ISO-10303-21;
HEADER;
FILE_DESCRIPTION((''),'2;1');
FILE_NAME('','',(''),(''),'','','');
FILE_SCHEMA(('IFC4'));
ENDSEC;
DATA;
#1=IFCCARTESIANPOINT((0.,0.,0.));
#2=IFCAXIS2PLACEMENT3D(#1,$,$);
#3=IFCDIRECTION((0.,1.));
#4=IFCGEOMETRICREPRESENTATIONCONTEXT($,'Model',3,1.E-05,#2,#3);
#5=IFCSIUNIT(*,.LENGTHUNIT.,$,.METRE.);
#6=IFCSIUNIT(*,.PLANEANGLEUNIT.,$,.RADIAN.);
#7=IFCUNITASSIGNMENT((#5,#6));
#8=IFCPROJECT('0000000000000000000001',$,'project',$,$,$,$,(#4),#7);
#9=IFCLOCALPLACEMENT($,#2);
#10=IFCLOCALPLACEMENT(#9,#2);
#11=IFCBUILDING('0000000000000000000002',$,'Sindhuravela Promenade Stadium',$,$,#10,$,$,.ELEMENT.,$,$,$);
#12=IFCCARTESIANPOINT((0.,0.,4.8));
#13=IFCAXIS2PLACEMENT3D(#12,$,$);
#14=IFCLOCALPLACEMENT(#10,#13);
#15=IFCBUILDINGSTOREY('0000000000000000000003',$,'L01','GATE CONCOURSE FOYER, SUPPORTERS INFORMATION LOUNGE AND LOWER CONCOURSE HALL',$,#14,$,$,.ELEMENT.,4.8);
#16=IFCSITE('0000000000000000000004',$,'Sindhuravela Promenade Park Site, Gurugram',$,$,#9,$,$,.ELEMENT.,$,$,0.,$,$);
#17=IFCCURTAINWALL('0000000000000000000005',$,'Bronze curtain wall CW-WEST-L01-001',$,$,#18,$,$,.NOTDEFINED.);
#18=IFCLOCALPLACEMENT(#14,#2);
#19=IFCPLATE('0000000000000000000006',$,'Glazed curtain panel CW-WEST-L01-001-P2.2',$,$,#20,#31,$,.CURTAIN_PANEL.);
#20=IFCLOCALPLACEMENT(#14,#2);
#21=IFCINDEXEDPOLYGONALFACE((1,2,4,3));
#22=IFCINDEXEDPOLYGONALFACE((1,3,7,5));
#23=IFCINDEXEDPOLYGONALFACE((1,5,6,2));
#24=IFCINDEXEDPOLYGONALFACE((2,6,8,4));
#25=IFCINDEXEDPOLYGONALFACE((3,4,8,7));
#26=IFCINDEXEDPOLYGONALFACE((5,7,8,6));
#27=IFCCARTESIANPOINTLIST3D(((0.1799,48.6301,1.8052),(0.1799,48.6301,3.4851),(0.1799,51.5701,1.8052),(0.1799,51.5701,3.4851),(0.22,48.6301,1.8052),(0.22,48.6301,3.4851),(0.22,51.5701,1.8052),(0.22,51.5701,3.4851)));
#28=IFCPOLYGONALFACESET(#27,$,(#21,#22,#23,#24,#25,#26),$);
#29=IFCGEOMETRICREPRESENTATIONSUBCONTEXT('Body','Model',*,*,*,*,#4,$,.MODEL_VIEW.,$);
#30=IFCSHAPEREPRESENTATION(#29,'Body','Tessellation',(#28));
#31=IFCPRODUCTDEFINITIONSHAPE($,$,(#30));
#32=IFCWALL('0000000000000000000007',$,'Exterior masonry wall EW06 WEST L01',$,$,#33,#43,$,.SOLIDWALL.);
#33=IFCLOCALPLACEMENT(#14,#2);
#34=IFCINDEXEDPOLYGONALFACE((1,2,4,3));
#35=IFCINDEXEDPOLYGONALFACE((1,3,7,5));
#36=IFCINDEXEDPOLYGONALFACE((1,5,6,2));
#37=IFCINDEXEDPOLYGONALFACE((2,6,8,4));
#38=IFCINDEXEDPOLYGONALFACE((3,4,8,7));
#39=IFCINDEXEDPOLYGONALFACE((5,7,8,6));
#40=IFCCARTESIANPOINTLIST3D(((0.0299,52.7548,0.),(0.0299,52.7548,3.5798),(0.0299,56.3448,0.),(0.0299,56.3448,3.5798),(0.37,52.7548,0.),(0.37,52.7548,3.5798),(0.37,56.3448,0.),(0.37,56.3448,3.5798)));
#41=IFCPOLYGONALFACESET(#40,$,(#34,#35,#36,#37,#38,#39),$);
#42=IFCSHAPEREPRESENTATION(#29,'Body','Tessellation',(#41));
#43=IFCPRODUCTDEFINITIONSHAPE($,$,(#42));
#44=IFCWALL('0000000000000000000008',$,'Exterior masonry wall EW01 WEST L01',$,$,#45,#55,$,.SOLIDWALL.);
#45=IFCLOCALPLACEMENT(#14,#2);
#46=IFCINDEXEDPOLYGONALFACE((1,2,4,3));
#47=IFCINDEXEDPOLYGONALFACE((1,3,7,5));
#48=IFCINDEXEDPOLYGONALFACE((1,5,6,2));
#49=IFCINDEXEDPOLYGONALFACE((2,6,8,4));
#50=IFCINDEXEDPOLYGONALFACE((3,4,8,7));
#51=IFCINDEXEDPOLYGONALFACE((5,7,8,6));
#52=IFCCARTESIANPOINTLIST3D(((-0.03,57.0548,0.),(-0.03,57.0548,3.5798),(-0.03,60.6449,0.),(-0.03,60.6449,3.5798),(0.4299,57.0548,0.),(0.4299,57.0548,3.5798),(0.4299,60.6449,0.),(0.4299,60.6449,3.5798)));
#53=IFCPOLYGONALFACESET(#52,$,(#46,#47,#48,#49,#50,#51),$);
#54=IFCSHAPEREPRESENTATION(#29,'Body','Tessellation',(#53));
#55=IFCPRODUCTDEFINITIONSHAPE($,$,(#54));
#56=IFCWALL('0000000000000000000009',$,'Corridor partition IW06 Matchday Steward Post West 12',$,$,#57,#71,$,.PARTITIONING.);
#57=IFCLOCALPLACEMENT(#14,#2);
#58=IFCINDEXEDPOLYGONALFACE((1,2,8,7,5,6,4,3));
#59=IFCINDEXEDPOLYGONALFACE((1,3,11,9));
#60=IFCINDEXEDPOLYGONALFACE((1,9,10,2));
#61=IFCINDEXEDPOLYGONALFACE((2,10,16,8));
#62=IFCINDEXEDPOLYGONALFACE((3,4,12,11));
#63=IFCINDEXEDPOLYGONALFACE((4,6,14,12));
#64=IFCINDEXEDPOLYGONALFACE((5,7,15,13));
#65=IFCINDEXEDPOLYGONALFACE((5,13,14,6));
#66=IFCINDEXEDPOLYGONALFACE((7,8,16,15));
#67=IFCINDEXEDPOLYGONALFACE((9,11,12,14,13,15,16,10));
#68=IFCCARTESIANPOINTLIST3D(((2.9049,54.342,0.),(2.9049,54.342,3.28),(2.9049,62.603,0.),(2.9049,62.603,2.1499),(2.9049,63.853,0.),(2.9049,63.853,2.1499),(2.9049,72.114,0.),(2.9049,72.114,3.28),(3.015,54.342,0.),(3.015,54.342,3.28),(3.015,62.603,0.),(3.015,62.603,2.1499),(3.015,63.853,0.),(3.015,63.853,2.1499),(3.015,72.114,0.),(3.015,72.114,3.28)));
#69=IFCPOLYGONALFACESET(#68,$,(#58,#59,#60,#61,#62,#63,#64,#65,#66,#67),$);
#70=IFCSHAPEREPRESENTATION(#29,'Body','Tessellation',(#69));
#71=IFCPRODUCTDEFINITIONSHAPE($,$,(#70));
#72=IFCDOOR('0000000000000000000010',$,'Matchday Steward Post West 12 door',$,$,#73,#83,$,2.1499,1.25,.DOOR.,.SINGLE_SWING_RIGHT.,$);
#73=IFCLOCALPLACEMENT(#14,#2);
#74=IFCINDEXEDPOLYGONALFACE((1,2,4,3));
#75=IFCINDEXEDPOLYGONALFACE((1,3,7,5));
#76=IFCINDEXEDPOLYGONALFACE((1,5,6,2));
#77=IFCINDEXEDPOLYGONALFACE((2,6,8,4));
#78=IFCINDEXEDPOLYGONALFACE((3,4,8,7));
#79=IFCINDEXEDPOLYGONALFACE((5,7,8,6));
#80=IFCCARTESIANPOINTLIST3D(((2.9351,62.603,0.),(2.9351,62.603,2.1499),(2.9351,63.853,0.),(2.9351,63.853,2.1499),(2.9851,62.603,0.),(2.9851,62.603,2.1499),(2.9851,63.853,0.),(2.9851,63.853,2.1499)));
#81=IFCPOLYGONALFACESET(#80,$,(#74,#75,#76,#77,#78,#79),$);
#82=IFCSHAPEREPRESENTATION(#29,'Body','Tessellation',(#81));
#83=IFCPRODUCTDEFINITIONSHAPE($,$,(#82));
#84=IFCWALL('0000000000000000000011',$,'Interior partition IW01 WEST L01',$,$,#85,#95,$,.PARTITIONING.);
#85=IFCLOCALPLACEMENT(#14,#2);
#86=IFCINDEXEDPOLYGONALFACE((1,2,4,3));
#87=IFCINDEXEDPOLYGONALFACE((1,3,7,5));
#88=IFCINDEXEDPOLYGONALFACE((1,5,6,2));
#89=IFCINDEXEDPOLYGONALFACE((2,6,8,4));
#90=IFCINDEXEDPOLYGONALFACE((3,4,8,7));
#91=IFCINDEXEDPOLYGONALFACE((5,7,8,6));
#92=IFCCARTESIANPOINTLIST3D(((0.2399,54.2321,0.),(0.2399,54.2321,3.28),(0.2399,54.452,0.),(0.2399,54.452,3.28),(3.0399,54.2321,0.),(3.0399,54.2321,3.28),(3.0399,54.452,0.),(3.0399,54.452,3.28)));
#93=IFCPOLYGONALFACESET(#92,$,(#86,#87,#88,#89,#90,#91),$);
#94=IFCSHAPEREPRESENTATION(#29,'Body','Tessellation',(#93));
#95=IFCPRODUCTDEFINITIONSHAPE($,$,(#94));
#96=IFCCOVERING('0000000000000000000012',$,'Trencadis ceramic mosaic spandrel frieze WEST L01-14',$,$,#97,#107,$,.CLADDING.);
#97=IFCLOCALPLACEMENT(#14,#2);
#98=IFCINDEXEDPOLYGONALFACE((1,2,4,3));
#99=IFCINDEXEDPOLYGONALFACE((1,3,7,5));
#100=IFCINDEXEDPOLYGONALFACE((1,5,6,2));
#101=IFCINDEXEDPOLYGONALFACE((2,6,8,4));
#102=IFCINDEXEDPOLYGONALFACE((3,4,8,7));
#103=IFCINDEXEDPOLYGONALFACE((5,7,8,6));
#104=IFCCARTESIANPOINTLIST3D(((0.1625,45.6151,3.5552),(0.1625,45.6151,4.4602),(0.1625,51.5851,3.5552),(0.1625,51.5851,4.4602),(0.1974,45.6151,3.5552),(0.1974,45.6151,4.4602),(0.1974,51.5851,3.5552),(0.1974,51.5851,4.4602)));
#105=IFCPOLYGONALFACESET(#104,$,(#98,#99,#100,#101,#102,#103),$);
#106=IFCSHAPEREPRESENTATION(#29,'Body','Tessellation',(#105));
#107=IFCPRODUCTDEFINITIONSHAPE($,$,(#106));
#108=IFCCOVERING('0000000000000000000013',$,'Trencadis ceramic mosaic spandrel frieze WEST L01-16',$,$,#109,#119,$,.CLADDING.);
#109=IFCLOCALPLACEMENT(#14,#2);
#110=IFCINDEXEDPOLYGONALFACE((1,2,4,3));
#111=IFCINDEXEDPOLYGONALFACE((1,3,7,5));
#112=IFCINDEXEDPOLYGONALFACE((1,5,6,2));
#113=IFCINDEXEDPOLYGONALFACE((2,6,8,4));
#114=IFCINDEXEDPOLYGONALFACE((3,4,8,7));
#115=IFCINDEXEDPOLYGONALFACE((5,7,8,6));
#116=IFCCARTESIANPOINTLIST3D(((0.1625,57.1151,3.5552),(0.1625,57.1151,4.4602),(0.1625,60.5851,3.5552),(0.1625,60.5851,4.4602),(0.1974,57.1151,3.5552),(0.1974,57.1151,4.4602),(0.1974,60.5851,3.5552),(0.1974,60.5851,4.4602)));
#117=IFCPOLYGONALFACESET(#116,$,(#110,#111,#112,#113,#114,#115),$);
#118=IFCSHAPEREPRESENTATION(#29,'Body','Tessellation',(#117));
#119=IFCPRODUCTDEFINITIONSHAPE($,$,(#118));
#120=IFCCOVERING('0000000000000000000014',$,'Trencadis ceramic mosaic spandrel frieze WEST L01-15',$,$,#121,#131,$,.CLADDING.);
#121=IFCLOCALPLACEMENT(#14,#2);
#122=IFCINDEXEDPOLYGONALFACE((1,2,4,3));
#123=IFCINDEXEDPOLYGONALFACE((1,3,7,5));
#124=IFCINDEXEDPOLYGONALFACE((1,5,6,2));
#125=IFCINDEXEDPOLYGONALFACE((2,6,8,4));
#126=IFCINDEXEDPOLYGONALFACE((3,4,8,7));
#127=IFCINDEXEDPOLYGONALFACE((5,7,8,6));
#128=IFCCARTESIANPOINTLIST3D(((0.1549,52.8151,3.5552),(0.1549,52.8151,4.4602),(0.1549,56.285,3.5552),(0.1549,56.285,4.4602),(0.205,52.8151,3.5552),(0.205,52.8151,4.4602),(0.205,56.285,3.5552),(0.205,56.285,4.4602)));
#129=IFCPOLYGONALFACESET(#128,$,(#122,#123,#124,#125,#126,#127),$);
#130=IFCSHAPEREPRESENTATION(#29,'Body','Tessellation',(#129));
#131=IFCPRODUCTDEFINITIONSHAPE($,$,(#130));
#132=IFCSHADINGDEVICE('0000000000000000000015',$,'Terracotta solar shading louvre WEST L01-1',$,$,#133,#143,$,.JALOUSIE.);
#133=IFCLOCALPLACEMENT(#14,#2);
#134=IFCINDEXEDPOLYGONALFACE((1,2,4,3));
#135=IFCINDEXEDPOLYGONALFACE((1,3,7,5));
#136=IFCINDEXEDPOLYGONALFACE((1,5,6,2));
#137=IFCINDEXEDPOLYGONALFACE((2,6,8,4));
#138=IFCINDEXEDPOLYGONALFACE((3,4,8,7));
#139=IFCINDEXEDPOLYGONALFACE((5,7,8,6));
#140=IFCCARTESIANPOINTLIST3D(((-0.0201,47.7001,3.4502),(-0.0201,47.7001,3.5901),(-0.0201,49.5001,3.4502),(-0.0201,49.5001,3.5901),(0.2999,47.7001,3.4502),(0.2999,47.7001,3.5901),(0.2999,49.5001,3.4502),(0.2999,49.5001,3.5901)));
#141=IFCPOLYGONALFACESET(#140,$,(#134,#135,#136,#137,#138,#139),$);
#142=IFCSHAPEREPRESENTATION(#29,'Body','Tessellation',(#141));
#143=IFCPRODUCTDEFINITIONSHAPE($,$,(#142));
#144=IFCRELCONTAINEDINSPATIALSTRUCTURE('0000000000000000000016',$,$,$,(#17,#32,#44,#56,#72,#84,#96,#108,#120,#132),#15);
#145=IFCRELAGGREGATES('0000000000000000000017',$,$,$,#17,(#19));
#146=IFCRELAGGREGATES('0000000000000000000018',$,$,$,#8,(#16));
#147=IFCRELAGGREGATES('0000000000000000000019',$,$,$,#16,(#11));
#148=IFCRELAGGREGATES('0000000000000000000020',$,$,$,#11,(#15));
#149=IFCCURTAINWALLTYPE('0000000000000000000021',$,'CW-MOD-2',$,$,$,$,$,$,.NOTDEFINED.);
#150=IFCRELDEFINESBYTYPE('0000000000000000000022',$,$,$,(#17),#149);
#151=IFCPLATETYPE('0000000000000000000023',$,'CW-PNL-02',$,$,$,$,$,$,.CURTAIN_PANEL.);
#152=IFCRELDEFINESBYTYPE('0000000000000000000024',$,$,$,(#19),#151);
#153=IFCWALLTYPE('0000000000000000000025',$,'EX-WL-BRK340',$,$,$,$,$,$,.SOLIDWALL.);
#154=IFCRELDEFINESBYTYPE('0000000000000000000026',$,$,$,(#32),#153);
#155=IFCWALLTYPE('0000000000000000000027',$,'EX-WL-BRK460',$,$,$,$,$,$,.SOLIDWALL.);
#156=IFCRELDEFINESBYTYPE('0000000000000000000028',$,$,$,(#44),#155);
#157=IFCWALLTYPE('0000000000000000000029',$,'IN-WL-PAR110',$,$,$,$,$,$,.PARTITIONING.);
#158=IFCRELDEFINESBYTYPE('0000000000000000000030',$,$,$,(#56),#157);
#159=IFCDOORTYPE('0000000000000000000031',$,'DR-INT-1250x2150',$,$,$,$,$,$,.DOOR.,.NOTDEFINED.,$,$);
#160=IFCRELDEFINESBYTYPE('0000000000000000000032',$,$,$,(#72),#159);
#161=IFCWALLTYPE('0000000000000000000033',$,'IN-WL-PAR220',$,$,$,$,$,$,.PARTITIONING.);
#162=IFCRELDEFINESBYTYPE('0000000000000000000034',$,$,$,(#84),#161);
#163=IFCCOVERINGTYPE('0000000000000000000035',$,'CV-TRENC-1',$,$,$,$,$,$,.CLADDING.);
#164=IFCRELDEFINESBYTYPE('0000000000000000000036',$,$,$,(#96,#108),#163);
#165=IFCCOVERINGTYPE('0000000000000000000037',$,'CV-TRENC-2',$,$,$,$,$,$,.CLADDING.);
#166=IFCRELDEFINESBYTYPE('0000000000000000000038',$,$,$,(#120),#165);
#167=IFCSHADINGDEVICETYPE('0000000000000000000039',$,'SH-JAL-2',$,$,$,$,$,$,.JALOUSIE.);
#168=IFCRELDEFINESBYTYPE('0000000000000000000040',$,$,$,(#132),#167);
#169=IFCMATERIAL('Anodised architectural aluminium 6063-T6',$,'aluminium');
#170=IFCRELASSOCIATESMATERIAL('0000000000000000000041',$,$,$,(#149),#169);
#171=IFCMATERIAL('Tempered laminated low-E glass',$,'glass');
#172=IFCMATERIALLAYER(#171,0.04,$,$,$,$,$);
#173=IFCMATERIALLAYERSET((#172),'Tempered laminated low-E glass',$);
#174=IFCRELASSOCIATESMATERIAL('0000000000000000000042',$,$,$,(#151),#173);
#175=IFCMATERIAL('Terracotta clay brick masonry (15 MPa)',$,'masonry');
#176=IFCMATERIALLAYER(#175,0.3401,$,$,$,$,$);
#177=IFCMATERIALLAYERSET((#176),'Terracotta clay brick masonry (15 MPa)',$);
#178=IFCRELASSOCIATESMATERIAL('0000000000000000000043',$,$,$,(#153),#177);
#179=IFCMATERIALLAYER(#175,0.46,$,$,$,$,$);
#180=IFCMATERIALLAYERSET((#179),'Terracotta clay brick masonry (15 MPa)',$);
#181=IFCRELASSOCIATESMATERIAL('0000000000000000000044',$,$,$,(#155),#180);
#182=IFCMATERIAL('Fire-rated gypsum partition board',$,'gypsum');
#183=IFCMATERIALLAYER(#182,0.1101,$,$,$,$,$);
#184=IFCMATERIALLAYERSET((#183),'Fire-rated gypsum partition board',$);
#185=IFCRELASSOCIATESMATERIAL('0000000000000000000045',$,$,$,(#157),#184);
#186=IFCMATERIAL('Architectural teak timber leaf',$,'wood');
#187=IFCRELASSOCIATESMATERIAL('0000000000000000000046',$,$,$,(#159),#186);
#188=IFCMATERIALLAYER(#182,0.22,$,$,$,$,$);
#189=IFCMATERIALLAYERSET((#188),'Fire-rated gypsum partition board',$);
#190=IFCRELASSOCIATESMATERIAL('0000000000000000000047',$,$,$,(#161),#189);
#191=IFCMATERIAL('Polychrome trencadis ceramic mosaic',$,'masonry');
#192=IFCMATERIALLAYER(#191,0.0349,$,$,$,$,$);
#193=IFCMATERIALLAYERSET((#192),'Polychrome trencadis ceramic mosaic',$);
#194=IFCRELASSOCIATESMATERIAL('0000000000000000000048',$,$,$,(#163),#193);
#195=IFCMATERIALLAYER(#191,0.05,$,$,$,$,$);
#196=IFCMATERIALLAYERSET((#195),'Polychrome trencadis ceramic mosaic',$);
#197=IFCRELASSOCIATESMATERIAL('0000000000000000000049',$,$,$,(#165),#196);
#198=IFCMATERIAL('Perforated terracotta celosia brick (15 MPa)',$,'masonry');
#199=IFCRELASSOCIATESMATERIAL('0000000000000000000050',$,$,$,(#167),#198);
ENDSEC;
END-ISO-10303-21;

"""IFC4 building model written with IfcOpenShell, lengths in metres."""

from ifc_helpers import new_model, si_unit, direction, frame, frame_2d, origin, origin_2d, place, context, subcontext, project, spatial, rectangle, extrude, material, layer, layer_set, type_object, element, fill, aggregate, save


model = new_model("IFC4")

# Units and contexts
model_context = context("Model", 3, precision=1e-05, world=origin(), true_north=direction((0.0, 1.0)))
body_context = subcontext(model_context, "Body", "Model", "MODEL_VIEW")
ifc_project = project(units=[si_unit("LENGTHUNIT", "METRE"), si_unit("PLANEANGLEUNIT", "RADIAN")], contexts=[model_context])

# Site, building, storey
site_placement = place(None, origin())
site = spatial("IfcSite", under=ifc_project, at=site_placement, Name="Sindhuravela Promenade Park Site, Gurugram", CompositionType="ELEMENT", RefElevation=0.0)
building_placement = place(site_placement, origin())
building = spatial("IfcBuilding", under=site, at=building_placement, Name="Sindhuravela Promenade Stadium", CompositionType="ELEMENT")
storey_placement = place(building_placement, frame((0.0, 0.0, 4.8)))
storey = spatial("IfcBuildingStorey", under=building, at=storey_placement, Name="L01", Description="GATE CONCOURSE FOYER, SUPPORTERS INFORMATION LOUNGE AND LOWER CONCOURSE HALL", CompositionType="ELEMENT", Elevation=4.8)

# Curtain wall
ifc_material_1 = material(Name="Anodised architectural aluminium 6063-T6", Category="aluminium")
curtain_wall_type = type_object("IfcCurtainWallType", Name="CW-MOD-2", PredefinedType="NOTDEFINED", material=ifc_material_1)
curtain_wall_placement = place(storey_placement, origin())
curtain_wall = element("IfcCurtainWall", 1, at=curtain_wall_placement, inside=storey, type_object=curtain_wall_type, Name="Bronze curtain wall CW-WEST-L01-001", PredefinedType="NOTDEFINED")

# Plate
ifc_material_2 = material(Name="Tempered laminated low-E glass", Category="glass")
ifc_layer_1 = layer(ifc_material_2, 0.04)
ifc_layer_set_1 = layer_set([ifc_layer_1], Name="Tempered laminated low-E glass")
plate_type = type_object("IfcPlateType", Name="CW-PNL-02", PredefinedType="CURTAIN_PANEL", material=ifc_layer_set_1)
plate_1_placement = place(storey_placement, frame((0.2, 50.1001, 1.8052), z_axis=(0.0, 0.0, 1.0), x_axis=(0.0, 1.0, 0.0)))
plate_1 = element("IfcPlate", 2, at=plate_1_placement, type_object=plate_type, Name="Glazed curtain panel CW-WEST-L01-001-P2.2", PredefinedType="CURTAIN_PANEL", context=body_context, shape_type="SweptSolid", body=[
    extrude(rectangle(XDim=2.9399, YDim=0.04, at=origin_2d()), origin(), (0.0, 0.0, 1.0), 1.6799),
])
aggregate(curtain_wall, [plate_1])

# Walls
ifc_material_3 = material(Name="Terracotta clay brick masonry (15 MPa)", Category="masonry")
ifc_layer_2 = layer(ifc_material_3, 0.3401)
ifc_layer_set_2 = layer_set([ifc_layer_2], Name="Terracotta clay brick masonry (15 MPa)")
wall_type_1 = type_object("IfcWallType", Name="EX-WL-BRK340", PredefinedType="SOLIDWALL", material=ifc_layer_set_2)
wall_1_placement = place(storey_placement, frame((0.2, 52.7549, 0.0), z_axis=(0.0, 0.0, 1.0), x_axis=(0.0, 1.0, 0.0)))
element("IfcWall", 3, at=wall_1_placement, inside=storey, type_object=wall_type_1, Name="Exterior masonry wall EW06 WEST L01", PredefinedType="SOLIDWALL", context=body_context, shape_type="SweptSolid", body=[
    extrude(rectangle(XDim=3.5901, YDim=0.3401, at=frame_2d((1.7949, 0.0))), origin(), (0.0, 0.0, 1.0), 3.5798),
])
ifc_layer_3 = layer(ifc_material_3, 0.46)
ifc_layer_set_3 = layer_set([ifc_layer_3], Name="Terracotta clay brick masonry (15 MPa)")
wall_type_2 = type_object("IfcWallType", Name="EX-WL-BRK460", PredefinedType="SOLIDWALL", material=ifc_layer_set_3)
wall_2_placement = place(storey_placement, frame((0.2, 57.0549, 0.0), z_axis=(0.0, 0.0, 1.0), x_axis=(0.0, 1.0, 0.0)))
element("IfcWall", 4, at=wall_2_placement, inside=storey, type_object=wall_type_2, Name="Exterior masonry wall EW01 WEST L01", PredefinedType="SOLIDWALL", context=body_context, shape_type="SweptSolid", body=[
    extrude(rectangle(XDim=3.5901, YDim=0.46, at=frame_2d((1.7949, 0.0))), origin(), (0.0, 0.0, 1.0), 3.5798),
])

# Wall, opening, door
ifc_material_4 = material(Name="Fire-rated gypsum partition board", Category="gypsum")
ifc_layer_4 = layer(ifc_material_4, 0.1101)
ifc_layer_set_4 = layer_set([ifc_layer_4], Name="Fire-rated gypsum partition board")
wall_type_3 = type_object("IfcWallType", Name="IN-WL-PAR110", PredefinedType="PARTITIONING", material=ifc_layer_set_4)
wall_3_placement = place(storey_placement, frame((2.96, 54.342, 0.0), z_axis=(0.0, 0.0, 1.0), x_axis=(0.0, 1.0, 0.0)))
wall_3 = element("IfcWall", 5, at=wall_3_placement, inside=storey, type_object=wall_type_3, Name="Corridor partition IW06 Matchday Steward Post West 12", PredefinedType="PARTITIONING", context=body_context, shape_type="SweptSolid", body=[
    extrude(rectangle(XDim=17.772, YDim=0.1101, at=frame_2d((8.886, 0.0))), origin(), (0.0, 0.0, 1.0), 3.28),
])
opening_placement = place(wall_3_placement, frame((8.261, 0.0, 0.0)))
opening = element("IfcOpeningElement", 6, at=opening_placement, cuts=wall_3, PredefinedType="OPENING", context=body_context, shape_type="SweptSolid", body=[
    extrude(rectangle(XDim=1.25, YDim=2.1499, at=frame_2d((0.625, 1.075))), frame((0.0, 0.0649, 0.0), z_axis=(0.0, -1.0, 0.0), x_axis=(1.0, 0.0, 0.0)), (0.0, 0.0, 1.0), 0.1301),
])
ifc_material_5 = material(Name="Architectural teak timber leaf", Category="wood")
door_type = type_object("IfcDoorType", Name="DR-INT-1250x2150", OperationType="NOTDEFINED", PredefinedType="DOOR", material=ifc_material_5)
door_placement = place(opening_placement, origin())
door = element("IfcDoor", 7, at=door_placement, inside=storey, type_object=door_type, Name="Matchday Steward Post West 12 door", OperationType="SINGLE_SWING_RIGHT", OverallHeight=2.1499, OverallWidth=1.25, PredefinedType="DOOR", context=body_context, shape_type="SweptSolid", body=[
    extrude(rectangle(XDim=1.25, YDim=2.1499, at=frame_2d((0.625, 1.075))), frame((0.0, 0.0249, 0.0), z_axis=(0.0, -1.0, 0.0), x_axis=(1.0, 0.0, 0.0)), (0.0, 0.0, 1.0), 0.05),
])
fill(opening, door)

# Wall
ifc_layer_5 = layer(ifc_material_4, 0.22)
ifc_layer_set_5 = layer_set([ifc_layer_5], Name="Fire-rated gypsum partition board")
wall_type_4 = type_object("IfcWallType", Name="IN-WL-PAR220", PredefinedType="PARTITIONING", material=ifc_layer_set_5)
wall_4_placement = place(storey_placement, frame((0.24, 54.342, 0.0), z_axis=(0.0, 0.0, 1.0), x_axis=(1.0, 0.0, 0.0)))
element("IfcWall", 8, at=wall_4_placement, inside=storey, type_object=wall_type_4, Name="Interior partition IW01 WEST L01", PredefinedType="PARTITIONING", context=body_context, shape_type="SweptSolid", body=[
    extrude(rectangle(XDim=2.8, YDim=0.22, at=frame_2d((1.3999, 0.0))), origin(), (0.0, 0.0, 1.0), 3.28),
])

# Coverings
ifc_material_6 = material(Name="Polychrome trencadis ceramic mosaic", Category="masonry")
ifc_layer_6 = layer(ifc_material_6, 0.0349)
ifc_layer_set_6 = layer_set([ifc_layer_6], Name="Polychrome trencadis ceramic mosaic")
covering_type_1 = type_object("IfcCoveringType", Name="CV-TRENC-1", PredefinedType="CLADDING", material=ifc_layer_set_6)
covering_1_placement = place(storey_placement, frame((0.1799, 48.6001, 3.5552), z_axis=(0.0, 0.0, 1.0), x_axis=(0.0, 1.0, 0.0)))
element("IfcCovering", 9, at=covering_1_placement, inside=storey, type_object=covering_type_1, Name="Trencadis ceramic mosaic spandrel frieze WEST L01-14", PredefinedType="CLADDING", context=body_context, shape_type="SweptSolid", body=[
    extrude(rectangle(XDim=5.97, YDim=0.0349, at=origin_2d()), origin(), (0.0, 0.0, 1.0), 0.905),
])
covering_2_placement = place(storey_placement, frame((0.1799, 58.8501, 3.5552), z_axis=(0.0, 0.0, 1.0), x_axis=(0.0, 1.0, 0.0)))
element("IfcCovering", 10, at=covering_2_placement, inside=storey, type_object=covering_type_1, Name="Trencadis ceramic mosaic spandrel frieze WEST L01-16", PredefinedType="CLADDING", context=body_context, shape_type="SweptSolid", body=[
    extrude(rectangle(XDim=3.47, YDim=0.0349, at=origin_2d()), origin(), (0.0, 0.0, 1.0), 0.905),
])
ifc_layer_7 = layer(ifc_material_6, 0.05)
ifc_layer_set_7 = layer_set([ifc_layer_7], Name="Polychrome trencadis ceramic mosaic")
covering_type_2 = type_object("IfcCoveringType", Name="CV-TRENC-2", PredefinedType="CLADDING", material=ifc_layer_set_7)
covering_3_placement = place(storey_placement, frame((0.1799, 54.55, 3.5552), z_axis=(0.0, 0.0, 1.0), x_axis=(0.0, 1.0, 0.0)))
element("IfcCovering", 11, at=covering_3_placement, inside=storey, type_object=covering_type_2, Name="Trencadis ceramic mosaic spandrel frieze WEST L01-15", PredefinedType="CLADDING", context=body_context, shape_type="SweptSolid", body=[
    extrude(rectangle(XDim=3.47, YDim=0.05, at=origin_2d()), origin(), (0.0, 0.0, 1.0), 0.905),
])

# Shading device
ifc_material_7 = material(Name="Perforated terracotta celosia brick (15 MPa)", Category="masonry")
shading_device_type = type_object("IfcShadingDeviceType", Name="SH-JAL-2", PredefinedType="JALOUSIE", material=ifc_material_7)
shading_device_placement = place(storey_placement, frame((0.1399, 48.6001, 3.4502), z_axis=(0.0, 0.0, 1.0), x_axis=(0.0, 1.0, 0.0)))
element("IfcShadingDevice", 12, at=shading_device_placement, inside=storey, type_object=shading_device_type, Name="Terracotta solar shading louvre WEST L01-1", PredefinedType="JALOUSIE", context=body_context, shape_type="SweptSolid", body=[
    extrude(rectangle(XDim=1.8, YDim=0.3201, at=origin_2d()), origin(), (0.0, 0.0, 1.0), 0.1399),
])

save(model, "model.ifc")
